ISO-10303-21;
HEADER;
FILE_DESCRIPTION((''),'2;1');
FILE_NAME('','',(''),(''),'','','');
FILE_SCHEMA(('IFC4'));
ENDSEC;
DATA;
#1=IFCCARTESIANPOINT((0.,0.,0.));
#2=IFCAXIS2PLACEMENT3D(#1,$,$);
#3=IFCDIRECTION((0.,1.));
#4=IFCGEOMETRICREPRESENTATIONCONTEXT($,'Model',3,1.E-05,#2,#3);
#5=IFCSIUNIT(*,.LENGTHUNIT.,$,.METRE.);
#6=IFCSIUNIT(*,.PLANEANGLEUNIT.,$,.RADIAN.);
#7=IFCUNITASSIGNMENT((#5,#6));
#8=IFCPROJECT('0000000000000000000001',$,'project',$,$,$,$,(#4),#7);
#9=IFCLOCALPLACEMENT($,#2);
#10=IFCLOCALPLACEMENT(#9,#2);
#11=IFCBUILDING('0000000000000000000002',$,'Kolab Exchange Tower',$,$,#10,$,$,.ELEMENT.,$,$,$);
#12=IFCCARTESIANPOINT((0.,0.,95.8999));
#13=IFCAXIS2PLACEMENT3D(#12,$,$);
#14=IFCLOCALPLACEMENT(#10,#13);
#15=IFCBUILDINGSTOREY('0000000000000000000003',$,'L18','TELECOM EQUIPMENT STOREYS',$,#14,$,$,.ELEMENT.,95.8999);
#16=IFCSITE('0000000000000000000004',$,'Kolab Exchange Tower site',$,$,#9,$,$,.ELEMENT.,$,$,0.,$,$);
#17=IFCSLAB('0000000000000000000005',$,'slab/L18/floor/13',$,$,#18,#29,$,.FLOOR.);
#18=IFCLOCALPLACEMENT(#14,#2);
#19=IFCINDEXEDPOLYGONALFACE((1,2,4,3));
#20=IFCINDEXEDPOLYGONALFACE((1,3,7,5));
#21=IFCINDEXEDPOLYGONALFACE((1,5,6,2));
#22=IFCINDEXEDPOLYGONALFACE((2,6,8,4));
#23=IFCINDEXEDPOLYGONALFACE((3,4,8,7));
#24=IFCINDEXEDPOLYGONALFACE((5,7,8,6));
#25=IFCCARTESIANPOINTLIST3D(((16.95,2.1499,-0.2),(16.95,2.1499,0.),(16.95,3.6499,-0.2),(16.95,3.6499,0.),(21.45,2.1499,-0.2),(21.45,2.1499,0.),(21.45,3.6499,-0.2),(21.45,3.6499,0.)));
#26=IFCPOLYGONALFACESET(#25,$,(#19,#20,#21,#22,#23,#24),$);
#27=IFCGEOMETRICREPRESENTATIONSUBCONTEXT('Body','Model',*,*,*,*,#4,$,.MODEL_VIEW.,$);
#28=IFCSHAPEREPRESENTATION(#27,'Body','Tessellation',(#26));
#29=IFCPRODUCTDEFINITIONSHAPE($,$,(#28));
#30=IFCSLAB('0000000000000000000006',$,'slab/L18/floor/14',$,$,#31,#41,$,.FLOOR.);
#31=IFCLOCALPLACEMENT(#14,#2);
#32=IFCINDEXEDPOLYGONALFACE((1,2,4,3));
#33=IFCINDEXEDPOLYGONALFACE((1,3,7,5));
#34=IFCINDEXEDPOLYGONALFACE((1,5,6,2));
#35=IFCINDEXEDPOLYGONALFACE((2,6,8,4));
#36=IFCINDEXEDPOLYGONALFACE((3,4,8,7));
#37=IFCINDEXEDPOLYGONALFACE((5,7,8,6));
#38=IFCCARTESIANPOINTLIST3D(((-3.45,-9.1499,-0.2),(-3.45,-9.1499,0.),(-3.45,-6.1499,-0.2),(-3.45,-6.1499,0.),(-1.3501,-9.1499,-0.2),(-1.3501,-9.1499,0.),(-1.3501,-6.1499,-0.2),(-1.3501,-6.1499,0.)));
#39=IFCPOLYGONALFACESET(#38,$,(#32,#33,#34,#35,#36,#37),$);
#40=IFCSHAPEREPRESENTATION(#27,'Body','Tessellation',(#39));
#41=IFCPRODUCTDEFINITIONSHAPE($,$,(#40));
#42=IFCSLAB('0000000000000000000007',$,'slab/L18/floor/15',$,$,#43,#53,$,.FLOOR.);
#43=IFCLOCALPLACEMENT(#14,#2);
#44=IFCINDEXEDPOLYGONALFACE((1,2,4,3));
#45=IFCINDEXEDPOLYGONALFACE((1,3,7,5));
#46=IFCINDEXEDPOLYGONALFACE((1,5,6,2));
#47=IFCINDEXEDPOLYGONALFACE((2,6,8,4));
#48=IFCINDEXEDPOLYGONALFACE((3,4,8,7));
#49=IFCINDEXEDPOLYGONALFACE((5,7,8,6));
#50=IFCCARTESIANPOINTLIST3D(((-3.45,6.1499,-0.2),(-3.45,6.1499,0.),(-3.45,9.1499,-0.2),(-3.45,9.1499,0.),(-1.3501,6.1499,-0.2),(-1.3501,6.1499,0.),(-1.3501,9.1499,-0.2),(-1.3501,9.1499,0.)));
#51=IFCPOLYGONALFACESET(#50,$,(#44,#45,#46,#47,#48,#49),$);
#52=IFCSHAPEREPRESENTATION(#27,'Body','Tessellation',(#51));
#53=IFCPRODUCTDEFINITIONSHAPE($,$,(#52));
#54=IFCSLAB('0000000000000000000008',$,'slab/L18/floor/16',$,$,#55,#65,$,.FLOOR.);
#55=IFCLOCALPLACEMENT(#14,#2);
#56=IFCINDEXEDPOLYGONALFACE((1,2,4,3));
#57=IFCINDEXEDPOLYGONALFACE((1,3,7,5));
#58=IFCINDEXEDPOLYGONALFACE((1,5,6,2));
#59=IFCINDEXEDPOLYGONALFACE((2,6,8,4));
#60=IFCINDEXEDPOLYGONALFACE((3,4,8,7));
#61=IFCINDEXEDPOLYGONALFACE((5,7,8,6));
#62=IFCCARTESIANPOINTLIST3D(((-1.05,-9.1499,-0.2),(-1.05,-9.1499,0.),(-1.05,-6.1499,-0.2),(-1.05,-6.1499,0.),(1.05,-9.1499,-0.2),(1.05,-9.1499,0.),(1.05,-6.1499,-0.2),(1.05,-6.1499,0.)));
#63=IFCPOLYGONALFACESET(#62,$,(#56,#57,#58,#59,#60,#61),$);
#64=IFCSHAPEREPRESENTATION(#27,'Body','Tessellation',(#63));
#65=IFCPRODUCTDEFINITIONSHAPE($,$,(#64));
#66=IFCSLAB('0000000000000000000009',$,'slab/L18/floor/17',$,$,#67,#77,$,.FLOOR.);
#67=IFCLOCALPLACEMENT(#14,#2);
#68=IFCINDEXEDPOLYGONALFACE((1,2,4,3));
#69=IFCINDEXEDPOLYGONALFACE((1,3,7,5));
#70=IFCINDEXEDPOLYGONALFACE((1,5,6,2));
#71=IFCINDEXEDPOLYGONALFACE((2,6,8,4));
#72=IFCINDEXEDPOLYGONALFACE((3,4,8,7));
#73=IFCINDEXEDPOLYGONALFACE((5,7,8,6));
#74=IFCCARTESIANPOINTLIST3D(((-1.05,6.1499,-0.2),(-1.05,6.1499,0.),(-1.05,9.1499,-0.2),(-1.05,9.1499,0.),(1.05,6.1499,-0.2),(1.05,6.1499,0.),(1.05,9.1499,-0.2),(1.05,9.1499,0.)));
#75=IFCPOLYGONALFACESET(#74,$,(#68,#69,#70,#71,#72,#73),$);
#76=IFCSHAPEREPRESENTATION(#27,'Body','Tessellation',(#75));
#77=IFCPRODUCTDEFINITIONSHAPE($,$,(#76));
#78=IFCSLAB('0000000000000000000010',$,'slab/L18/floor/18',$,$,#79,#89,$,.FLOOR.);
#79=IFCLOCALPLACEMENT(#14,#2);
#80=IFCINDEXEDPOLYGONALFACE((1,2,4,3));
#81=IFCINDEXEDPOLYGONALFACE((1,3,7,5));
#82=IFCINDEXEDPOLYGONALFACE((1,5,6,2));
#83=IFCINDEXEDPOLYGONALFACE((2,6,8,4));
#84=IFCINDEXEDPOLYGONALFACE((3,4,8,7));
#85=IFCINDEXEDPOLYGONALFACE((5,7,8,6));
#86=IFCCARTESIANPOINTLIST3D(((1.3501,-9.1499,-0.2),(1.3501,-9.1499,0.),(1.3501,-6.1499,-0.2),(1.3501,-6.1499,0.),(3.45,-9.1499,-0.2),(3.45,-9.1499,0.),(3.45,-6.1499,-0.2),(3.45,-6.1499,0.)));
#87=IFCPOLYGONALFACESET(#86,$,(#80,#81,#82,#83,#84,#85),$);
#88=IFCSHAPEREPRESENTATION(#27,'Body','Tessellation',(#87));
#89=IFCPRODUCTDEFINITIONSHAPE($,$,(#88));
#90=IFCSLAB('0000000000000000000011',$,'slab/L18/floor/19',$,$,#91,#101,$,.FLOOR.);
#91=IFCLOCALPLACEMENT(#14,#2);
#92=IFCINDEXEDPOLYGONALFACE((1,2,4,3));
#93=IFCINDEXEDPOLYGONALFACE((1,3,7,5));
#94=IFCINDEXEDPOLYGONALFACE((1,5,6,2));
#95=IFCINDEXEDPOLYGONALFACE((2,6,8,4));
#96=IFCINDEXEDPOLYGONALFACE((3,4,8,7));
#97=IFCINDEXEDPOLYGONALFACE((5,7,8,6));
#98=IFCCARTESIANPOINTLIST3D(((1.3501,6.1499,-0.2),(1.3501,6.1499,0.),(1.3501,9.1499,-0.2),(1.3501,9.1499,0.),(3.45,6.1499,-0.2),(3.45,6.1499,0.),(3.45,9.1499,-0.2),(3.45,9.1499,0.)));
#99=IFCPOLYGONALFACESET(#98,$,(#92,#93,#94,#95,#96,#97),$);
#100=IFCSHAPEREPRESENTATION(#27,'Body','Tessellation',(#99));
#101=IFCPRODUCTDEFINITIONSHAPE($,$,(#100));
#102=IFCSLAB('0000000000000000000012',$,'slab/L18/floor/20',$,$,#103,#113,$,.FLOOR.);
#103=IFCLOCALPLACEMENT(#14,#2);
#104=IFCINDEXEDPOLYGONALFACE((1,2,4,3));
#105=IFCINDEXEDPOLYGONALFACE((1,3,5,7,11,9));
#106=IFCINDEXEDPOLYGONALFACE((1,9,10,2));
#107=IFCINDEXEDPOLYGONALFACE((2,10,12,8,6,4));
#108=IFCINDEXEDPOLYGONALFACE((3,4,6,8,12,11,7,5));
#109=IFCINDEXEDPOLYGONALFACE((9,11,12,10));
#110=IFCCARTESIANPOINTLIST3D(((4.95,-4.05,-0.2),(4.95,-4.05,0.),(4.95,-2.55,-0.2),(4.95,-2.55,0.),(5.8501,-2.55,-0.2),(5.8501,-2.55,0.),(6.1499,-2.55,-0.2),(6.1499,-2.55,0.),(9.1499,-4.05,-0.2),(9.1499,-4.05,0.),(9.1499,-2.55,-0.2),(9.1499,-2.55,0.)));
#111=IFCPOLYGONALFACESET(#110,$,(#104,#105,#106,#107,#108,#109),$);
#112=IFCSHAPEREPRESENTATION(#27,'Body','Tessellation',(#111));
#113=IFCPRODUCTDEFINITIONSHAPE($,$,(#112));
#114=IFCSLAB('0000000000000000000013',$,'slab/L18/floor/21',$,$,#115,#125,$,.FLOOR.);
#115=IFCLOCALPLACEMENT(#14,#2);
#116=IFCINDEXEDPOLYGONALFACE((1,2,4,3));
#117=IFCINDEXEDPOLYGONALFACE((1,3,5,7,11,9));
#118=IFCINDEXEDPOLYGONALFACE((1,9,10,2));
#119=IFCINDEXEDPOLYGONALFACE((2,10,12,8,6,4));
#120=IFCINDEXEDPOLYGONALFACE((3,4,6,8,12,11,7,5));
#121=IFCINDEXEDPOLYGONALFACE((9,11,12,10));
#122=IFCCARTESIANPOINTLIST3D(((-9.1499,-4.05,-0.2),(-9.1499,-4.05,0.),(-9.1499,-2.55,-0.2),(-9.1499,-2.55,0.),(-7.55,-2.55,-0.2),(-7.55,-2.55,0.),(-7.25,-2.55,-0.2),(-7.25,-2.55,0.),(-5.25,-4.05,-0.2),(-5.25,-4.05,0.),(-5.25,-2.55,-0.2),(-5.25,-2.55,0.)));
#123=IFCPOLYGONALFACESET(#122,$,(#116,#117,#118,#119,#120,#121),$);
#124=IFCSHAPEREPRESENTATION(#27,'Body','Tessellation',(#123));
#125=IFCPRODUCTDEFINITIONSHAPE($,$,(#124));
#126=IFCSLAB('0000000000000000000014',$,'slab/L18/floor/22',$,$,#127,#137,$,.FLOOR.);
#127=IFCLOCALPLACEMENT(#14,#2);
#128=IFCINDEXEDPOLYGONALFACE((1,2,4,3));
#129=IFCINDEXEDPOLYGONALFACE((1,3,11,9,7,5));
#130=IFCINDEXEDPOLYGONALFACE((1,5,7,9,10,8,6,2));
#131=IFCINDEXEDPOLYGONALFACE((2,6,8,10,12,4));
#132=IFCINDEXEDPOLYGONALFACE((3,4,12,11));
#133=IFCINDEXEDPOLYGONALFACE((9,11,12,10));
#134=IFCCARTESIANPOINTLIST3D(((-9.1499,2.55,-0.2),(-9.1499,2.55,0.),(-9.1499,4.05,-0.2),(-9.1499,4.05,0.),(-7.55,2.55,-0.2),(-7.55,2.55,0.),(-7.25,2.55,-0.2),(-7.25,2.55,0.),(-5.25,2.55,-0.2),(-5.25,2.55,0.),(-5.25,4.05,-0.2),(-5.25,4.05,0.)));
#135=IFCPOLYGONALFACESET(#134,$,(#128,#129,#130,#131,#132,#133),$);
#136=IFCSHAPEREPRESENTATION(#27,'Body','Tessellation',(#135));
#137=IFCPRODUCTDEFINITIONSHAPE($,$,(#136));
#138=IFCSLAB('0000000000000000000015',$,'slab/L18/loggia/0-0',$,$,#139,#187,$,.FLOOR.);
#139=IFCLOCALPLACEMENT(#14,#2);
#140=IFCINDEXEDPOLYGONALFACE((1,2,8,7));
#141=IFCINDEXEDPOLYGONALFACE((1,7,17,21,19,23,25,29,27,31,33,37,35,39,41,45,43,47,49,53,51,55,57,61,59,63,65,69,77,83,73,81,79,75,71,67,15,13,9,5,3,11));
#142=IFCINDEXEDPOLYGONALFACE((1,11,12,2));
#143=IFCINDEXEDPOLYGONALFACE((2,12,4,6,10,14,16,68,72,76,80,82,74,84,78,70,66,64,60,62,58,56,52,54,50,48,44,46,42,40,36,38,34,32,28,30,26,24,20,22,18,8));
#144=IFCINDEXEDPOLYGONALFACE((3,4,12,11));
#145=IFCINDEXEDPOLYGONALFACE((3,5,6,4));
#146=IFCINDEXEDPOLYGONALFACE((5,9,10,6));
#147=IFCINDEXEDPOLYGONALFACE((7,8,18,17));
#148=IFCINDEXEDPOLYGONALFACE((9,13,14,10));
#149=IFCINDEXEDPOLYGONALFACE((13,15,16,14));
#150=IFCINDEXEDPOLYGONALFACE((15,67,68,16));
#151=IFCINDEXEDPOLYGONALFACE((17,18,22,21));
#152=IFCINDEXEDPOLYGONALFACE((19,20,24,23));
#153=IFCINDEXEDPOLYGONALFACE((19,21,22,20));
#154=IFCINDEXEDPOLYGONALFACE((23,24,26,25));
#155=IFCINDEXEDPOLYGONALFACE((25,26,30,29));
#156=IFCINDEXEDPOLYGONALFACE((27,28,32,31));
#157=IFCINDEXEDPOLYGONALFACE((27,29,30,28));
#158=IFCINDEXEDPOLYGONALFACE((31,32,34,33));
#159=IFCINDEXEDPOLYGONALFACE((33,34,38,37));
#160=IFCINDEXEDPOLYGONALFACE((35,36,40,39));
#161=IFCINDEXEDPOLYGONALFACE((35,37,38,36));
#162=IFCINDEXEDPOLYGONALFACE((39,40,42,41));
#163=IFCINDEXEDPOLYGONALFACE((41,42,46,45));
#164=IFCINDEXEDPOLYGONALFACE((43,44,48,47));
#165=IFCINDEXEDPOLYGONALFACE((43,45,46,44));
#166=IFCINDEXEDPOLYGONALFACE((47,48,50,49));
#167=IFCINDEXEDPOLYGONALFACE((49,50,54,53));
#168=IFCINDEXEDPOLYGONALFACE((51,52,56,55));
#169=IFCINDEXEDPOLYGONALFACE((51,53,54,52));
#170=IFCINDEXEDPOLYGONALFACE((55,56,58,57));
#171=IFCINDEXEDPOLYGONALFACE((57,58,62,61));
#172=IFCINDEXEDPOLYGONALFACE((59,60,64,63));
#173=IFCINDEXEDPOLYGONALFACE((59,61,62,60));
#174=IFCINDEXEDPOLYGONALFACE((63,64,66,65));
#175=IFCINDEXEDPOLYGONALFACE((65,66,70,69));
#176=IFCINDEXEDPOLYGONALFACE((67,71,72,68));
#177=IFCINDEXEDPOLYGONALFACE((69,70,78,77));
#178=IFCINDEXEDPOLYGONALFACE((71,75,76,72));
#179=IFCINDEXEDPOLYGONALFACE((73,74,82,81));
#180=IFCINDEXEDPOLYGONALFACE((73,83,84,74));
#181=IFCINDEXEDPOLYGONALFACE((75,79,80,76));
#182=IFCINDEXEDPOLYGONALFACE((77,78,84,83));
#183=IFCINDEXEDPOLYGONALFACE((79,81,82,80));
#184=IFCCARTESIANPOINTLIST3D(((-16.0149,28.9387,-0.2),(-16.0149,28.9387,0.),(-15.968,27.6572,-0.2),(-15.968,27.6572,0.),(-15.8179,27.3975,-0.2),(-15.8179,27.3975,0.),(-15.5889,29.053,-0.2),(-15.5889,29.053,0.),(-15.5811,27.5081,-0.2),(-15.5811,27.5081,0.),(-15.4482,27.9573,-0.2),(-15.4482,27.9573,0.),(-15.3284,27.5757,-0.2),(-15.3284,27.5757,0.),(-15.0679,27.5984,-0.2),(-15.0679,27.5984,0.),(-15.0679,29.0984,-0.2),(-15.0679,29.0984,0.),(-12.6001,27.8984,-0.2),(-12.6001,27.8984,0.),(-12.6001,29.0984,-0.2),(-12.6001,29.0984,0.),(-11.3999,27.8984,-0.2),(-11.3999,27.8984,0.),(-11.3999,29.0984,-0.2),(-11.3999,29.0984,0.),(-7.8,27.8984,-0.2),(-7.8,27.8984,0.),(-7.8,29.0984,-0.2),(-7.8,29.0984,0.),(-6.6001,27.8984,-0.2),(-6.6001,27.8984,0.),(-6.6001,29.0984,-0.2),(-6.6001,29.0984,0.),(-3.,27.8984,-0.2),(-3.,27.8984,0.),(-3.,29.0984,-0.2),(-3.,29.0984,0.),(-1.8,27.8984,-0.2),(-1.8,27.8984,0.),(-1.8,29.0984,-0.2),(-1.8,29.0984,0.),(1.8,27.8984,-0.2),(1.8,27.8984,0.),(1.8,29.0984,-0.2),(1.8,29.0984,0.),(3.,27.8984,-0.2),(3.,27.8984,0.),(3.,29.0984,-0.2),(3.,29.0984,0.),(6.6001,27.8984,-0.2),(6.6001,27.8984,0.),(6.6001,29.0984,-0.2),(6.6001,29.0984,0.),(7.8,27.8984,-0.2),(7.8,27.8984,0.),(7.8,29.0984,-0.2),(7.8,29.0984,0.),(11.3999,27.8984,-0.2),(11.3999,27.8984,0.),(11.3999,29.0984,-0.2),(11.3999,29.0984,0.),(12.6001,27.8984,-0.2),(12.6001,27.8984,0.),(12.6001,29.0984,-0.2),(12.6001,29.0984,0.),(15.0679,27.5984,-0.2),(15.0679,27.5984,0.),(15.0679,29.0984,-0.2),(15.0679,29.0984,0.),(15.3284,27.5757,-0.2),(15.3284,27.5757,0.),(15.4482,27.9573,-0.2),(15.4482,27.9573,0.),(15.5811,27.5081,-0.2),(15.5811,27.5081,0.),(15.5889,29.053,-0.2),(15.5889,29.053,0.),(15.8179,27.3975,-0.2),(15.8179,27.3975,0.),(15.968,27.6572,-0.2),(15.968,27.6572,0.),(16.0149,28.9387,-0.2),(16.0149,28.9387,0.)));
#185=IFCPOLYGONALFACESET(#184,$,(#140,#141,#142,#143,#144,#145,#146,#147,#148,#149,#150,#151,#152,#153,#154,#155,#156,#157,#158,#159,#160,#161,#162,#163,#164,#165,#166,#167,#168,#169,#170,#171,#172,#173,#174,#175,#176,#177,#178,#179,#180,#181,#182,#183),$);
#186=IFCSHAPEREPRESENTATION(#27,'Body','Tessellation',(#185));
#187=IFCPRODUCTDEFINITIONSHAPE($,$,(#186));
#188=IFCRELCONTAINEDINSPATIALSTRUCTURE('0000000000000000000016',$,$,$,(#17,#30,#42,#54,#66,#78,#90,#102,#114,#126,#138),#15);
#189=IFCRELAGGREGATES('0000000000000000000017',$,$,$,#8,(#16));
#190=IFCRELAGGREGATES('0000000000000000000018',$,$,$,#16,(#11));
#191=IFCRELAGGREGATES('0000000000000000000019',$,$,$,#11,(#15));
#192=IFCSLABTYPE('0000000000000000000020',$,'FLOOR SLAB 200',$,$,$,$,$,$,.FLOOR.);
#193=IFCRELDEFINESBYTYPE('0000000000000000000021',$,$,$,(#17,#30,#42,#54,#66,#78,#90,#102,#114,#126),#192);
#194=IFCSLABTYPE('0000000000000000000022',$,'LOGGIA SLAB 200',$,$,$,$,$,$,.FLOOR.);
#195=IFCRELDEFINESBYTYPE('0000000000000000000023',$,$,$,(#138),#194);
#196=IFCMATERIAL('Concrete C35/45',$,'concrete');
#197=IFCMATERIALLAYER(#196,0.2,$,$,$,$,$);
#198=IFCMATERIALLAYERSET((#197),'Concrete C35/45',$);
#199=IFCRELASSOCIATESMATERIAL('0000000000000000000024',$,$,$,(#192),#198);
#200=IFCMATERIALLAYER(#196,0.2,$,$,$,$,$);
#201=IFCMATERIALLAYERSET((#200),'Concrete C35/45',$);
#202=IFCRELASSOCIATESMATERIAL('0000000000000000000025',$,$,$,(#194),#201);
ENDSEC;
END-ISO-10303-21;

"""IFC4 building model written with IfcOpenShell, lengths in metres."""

from ifc_helpers import new_model, si_unit, direction, frame, origin, place, context, subcontext, project, spatial, polyline, outline, extrude, material, layer, layer_set, type_object, element, save


model = new_model("IFC4")

# Units and contexts
model_context = context("Model", 3, precision=1e-05, world=origin(), true_north=direction((0.0, 1.0)))
body_context = subcontext(model_context, "Body", "Model", "MODEL_VIEW")
ifc_project = project(units=[si_unit("LENGTHUNIT", "METRE"), si_unit("PLANEANGLEUNIT", "RADIAN")], contexts=[model_context])

# Site, building, storey
site_placement = place(None, origin())
site = spatial("IfcSite", under=ifc_project, at=site_placement, Name="Kolab Exchange Tower site", CompositionType="ELEMENT", RefElevation=0.0)
building_placement = place(site_placement, origin())
building = spatial("IfcBuilding", under=site, at=building_placement, Name="Kolab Exchange Tower", CompositionType="ELEMENT")
storey_placement = place(building_placement, frame((0.0, 0.0, 95.8999)))
storey = spatial("IfcBuildingStorey", under=building, at=storey_placement, Name="L18", Description="TELECOM EQUIPMENT STOREYS", CompositionType="ELEMENT", Elevation=95.8999)

# Slabs
ifc_material_1 = material(Name="Concrete C35/45", Category="concrete")
ifc_layer_1 = layer(ifc_material_1, 0.2)
ifc_layer_set_1 = layer_set([ifc_layer_1], Name="Concrete C35/45")
slab_type_1 = type_object("IfcSlabType", Name="FLOOR SLAB 200", PredefinedType="FLOOR", material=ifc_layer_set_1)
slab_1_placement = place(storey_placement, frame((0.0, 0.0, -0.2)))
element("IfcSlab", 1, at=slab_1_placement, inside=storey, type_object=slab_type_1, Name="slab/L18/floor/13", PredefinedType="FLOOR", context=body_context, shape_type="SweptSolid", body=[
    extrude(outline(polyline([(21.45, 3.6499), (16.95, 3.6499), (16.95, 2.1499), (21.45, 2.1499), (21.45, 3.6499)])), origin(), (0.0, 0.0, 1.0), 0.2),
])
slab_2_placement = place(storey_placement, frame((0.0, 0.0, -0.2)))
element("IfcSlab", 2, at=slab_2_placement, inside=storey, type_object=slab_type_1, Name="slab/L18/floor/14", PredefinedType="FLOOR", context=body_context, shape_type="SweptSolid", body=[
    extrude(outline(polyline([(-1.3501, -6.1499), (-3.45, -6.1499), (-3.45, -9.1499), (-1.3501, -9.1499), (-1.3501, -6.1499)])), origin(), (0.0, 0.0, 1.0), 0.2),
])
slab_3_placement = place(storey_placement, frame((0.0, 0.0, -0.2)))
element("IfcSlab", 3, at=slab_3_placement, inside=storey, type_object=slab_type_1, Name="slab/L18/floor/15", PredefinedType="FLOOR", context=body_context, shape_type="SweptSolid", body=[
    extrude(outline(polyline([(-1.3501, 6.1499), (-1.3501, 9.1499), (-3.45, 9.1499), (-3.45, 6.1499), (-1.3501, 6.1499)])), origin(), (0.0, 0.0, 1.0), 0.2),
])
slab_4_placement = place(storey_placement, frame((0.0, 0.0, -0.2)))
element("IfcSlab", 4, at=slab_4_placement, inside=storey, type_object=slab_type_1, Name="slab/L18/floor/16", PredefinedType="FLOOR", context=body_context, shape_type="SweptSolid", body=[
    extrude(outline(polyline([(1.05, -6.1499), (-1.05, -6.1499), (-1.05, -9.1499), (1.05, -9.1499), (1.05, -6.1499)])), origin(), (0.0, 0.0, 1.0), 0.2),
])
slab_5_placement = place(storey_placement, frame((0.0, 0.0, -0.2)))
element("IfcSlab", 5, at=slab_5_placement, inside=storey, type_object=slab_type_1, Name="slab/L18/floor/17", PredefinedType="FLOOR", context=body_context, shape_type="SweptSolid", body=[
    extrude(outline(polyline([(-1.05, 9.1499), (-1.05, 6.1499), (1.05, 6.1499), (1.05, 9.1499), (-1.05, 9.1499)])), origin(), (0.0, 0.0, 1.0), 0.2),
])
slab_6_placement = place(storey_placement, frame((0.0, 0.0, -0.2)))
element("IfcSlab", 6, at=slab_6_placement, inside=storey, type_object=slab_type_1, Name="slab/L18/floor/18", PredefinedType="FLOOR", context=body_context, shape_type="SweptSolid", body=[
    extrude(outline(polyline([(1.3501, -6.1499), (1.3501, -9.1499), (3.45, -9.1499), (3.45, -6.1499), (1.3501, -6.1499)])), origin(), (0.0, 0.0, 1.0), 0.2),
])
slab_7_placement = place(storey_placement, frame((0.0, 0.0, -0.2)))
element("IfcSlab", 7, at=slab_7_placement, inside=storey, type_object=slab_type_1, Name="slab/L18/floor/19", PredefinedType="FLOOR", context=body_context, shape_type="SweptSolid", body=[
    extrude(outline(polyline([(1.3501, 6.1499), (3.45, 6.1499), (3.45, 9.1499), (1.3501, 9.1499), (1.3501, 6.1499)])), origin(), (0.0, 0.0, 1.0), 0.2),
])
slab_8_placement = place(storey_placement, frame((0.0, 0.0, -0.2)))
element("IfcSlab", 8, at=slab_8_placement, inside=storey, type_object=slab_type_1, Name="slab/L18/floor/20", PredefinedType="FLOOR", context=body_context, shape_type="SweptSolid", body=[
    extrude(outline(polyline([(4.95, -4.05), (9.1499, -4.05), (9.1499, -2.55), (6.1499, -2.55), (5.8501, -2.55), (4.95, -2.55), (4.95, -4.05)])), origin(), (0.0, 0.0, 1.0), 0.2),
])
slab_9_placement = place(storey_placement, frame((0.0, 0.0, -0.2)))
element("IfcSlab", 9, at=slab_9_placement, inside=storey, type_object=slab_type_1, Name="slab/L18/floor/21", PredefinedType="FLOOR", context=body_context, shape_type="SweptSolid", body=[
    extrude(outline(polyline([(-9.1499, -2.55), (-9.1499, -4.05), (-5.25, -4.05), (-5.25, -2.55), (-7.25, -2.55), (-7.55, -2.55), (-9.1499, -2.55)])), origin(), (0.0, 0.0, 1.0), 0.2),
])
slab_10_placement = place(storey_placement, frame((0.0, 0.0, -0.2)))
element("IfcSlab", 10, at=slab_10_placement, inside=storey, type_object=slab_type_1, Name="slab/L18/floor/22", PredefinedType="FLOOR", context=body_context, shape_type="SweptSolid", body=[
    extrude(outline(polyline([(-5.25, 4.05), (-9.1499, 4.05), (-9.1499, 2.55), (-7.55, 2.55), (-7.25, 2.55), (-5.25, 2.55), (-5.25, 4.05)])), origin(), (0.0, 0.0, 1.0), 0.2),
])
ifc_layer_2 = layer(ifc_material_1, 0.2)
ifc_layer_set_2 = layer_set([ifc_layer_2], Name="Concrete C35/45")
slab_type_2 = type_object("IfcSlabType", Name="LOGGIA SLAB 200", PredefinedType="FLOOR", material=ifc_layer_set_2)
slab_11_placement = place(storey_placement, frame((0.0, 0.0, -0.2)))
element("IfcSlab", 11, at=slab_11_placement, inside=storey, type_object=slab_type_2, Name="slab/L18/loggia/0-0", PredefinedType="FLOOR", context=body_context, shape_type="SweptSolid", body=[
    extrude(outline(polyline([(15.8179, 27.3975), (15.968, 27.6572), (15.4482, 27.9573), (16.0149, 28.9387), (15.5889, 29.053), (15.0679, 29.0984), (12.6001, 29.0984), (12.6001, 27.8984), (11.3999, 27.8984), (11.3999, 29.0984), (7.8, 29.0984), (7.8, 27.8984), (6.6001, 27.8984), (6.6001, 29.0984), (3.0, 29.0984), (3.0, 27.8984), (1.8, 27.8984), (1.8, 29.0984), (-1.8, 29.0984), (-1.8, 27.8984), (-3.0, 27.8984), (-3.0, 29.0984), (-6.6001, 29.0984), (-6.6001, 27.8984), (-7.8, 27.8984), (-7.8, 29.0984), (-11.3999, 29.0984), (-11.3999, 27.8984), (-12.6001, 27.8984), (-12.6001, 29.0984), (-15.0679, 29.0984), (-15.5889, 29.053), (-16.0149, 28.9387), (-15.4482, 27.9573), (-15.968, 27.6572), (-15.8179, 27.3975), (-15.5811, 27.5081), (-15.3284, 27.5757), (-15.0679, 27.5984), (15.0679, 27.5984), (15.3284, 27.5757), (15.5811, 27.5081), (15.8179, 27.3975)])), origin(), (0.0, 0.0, 1.0), 0.2),
])

save(model, "model.ifc")
